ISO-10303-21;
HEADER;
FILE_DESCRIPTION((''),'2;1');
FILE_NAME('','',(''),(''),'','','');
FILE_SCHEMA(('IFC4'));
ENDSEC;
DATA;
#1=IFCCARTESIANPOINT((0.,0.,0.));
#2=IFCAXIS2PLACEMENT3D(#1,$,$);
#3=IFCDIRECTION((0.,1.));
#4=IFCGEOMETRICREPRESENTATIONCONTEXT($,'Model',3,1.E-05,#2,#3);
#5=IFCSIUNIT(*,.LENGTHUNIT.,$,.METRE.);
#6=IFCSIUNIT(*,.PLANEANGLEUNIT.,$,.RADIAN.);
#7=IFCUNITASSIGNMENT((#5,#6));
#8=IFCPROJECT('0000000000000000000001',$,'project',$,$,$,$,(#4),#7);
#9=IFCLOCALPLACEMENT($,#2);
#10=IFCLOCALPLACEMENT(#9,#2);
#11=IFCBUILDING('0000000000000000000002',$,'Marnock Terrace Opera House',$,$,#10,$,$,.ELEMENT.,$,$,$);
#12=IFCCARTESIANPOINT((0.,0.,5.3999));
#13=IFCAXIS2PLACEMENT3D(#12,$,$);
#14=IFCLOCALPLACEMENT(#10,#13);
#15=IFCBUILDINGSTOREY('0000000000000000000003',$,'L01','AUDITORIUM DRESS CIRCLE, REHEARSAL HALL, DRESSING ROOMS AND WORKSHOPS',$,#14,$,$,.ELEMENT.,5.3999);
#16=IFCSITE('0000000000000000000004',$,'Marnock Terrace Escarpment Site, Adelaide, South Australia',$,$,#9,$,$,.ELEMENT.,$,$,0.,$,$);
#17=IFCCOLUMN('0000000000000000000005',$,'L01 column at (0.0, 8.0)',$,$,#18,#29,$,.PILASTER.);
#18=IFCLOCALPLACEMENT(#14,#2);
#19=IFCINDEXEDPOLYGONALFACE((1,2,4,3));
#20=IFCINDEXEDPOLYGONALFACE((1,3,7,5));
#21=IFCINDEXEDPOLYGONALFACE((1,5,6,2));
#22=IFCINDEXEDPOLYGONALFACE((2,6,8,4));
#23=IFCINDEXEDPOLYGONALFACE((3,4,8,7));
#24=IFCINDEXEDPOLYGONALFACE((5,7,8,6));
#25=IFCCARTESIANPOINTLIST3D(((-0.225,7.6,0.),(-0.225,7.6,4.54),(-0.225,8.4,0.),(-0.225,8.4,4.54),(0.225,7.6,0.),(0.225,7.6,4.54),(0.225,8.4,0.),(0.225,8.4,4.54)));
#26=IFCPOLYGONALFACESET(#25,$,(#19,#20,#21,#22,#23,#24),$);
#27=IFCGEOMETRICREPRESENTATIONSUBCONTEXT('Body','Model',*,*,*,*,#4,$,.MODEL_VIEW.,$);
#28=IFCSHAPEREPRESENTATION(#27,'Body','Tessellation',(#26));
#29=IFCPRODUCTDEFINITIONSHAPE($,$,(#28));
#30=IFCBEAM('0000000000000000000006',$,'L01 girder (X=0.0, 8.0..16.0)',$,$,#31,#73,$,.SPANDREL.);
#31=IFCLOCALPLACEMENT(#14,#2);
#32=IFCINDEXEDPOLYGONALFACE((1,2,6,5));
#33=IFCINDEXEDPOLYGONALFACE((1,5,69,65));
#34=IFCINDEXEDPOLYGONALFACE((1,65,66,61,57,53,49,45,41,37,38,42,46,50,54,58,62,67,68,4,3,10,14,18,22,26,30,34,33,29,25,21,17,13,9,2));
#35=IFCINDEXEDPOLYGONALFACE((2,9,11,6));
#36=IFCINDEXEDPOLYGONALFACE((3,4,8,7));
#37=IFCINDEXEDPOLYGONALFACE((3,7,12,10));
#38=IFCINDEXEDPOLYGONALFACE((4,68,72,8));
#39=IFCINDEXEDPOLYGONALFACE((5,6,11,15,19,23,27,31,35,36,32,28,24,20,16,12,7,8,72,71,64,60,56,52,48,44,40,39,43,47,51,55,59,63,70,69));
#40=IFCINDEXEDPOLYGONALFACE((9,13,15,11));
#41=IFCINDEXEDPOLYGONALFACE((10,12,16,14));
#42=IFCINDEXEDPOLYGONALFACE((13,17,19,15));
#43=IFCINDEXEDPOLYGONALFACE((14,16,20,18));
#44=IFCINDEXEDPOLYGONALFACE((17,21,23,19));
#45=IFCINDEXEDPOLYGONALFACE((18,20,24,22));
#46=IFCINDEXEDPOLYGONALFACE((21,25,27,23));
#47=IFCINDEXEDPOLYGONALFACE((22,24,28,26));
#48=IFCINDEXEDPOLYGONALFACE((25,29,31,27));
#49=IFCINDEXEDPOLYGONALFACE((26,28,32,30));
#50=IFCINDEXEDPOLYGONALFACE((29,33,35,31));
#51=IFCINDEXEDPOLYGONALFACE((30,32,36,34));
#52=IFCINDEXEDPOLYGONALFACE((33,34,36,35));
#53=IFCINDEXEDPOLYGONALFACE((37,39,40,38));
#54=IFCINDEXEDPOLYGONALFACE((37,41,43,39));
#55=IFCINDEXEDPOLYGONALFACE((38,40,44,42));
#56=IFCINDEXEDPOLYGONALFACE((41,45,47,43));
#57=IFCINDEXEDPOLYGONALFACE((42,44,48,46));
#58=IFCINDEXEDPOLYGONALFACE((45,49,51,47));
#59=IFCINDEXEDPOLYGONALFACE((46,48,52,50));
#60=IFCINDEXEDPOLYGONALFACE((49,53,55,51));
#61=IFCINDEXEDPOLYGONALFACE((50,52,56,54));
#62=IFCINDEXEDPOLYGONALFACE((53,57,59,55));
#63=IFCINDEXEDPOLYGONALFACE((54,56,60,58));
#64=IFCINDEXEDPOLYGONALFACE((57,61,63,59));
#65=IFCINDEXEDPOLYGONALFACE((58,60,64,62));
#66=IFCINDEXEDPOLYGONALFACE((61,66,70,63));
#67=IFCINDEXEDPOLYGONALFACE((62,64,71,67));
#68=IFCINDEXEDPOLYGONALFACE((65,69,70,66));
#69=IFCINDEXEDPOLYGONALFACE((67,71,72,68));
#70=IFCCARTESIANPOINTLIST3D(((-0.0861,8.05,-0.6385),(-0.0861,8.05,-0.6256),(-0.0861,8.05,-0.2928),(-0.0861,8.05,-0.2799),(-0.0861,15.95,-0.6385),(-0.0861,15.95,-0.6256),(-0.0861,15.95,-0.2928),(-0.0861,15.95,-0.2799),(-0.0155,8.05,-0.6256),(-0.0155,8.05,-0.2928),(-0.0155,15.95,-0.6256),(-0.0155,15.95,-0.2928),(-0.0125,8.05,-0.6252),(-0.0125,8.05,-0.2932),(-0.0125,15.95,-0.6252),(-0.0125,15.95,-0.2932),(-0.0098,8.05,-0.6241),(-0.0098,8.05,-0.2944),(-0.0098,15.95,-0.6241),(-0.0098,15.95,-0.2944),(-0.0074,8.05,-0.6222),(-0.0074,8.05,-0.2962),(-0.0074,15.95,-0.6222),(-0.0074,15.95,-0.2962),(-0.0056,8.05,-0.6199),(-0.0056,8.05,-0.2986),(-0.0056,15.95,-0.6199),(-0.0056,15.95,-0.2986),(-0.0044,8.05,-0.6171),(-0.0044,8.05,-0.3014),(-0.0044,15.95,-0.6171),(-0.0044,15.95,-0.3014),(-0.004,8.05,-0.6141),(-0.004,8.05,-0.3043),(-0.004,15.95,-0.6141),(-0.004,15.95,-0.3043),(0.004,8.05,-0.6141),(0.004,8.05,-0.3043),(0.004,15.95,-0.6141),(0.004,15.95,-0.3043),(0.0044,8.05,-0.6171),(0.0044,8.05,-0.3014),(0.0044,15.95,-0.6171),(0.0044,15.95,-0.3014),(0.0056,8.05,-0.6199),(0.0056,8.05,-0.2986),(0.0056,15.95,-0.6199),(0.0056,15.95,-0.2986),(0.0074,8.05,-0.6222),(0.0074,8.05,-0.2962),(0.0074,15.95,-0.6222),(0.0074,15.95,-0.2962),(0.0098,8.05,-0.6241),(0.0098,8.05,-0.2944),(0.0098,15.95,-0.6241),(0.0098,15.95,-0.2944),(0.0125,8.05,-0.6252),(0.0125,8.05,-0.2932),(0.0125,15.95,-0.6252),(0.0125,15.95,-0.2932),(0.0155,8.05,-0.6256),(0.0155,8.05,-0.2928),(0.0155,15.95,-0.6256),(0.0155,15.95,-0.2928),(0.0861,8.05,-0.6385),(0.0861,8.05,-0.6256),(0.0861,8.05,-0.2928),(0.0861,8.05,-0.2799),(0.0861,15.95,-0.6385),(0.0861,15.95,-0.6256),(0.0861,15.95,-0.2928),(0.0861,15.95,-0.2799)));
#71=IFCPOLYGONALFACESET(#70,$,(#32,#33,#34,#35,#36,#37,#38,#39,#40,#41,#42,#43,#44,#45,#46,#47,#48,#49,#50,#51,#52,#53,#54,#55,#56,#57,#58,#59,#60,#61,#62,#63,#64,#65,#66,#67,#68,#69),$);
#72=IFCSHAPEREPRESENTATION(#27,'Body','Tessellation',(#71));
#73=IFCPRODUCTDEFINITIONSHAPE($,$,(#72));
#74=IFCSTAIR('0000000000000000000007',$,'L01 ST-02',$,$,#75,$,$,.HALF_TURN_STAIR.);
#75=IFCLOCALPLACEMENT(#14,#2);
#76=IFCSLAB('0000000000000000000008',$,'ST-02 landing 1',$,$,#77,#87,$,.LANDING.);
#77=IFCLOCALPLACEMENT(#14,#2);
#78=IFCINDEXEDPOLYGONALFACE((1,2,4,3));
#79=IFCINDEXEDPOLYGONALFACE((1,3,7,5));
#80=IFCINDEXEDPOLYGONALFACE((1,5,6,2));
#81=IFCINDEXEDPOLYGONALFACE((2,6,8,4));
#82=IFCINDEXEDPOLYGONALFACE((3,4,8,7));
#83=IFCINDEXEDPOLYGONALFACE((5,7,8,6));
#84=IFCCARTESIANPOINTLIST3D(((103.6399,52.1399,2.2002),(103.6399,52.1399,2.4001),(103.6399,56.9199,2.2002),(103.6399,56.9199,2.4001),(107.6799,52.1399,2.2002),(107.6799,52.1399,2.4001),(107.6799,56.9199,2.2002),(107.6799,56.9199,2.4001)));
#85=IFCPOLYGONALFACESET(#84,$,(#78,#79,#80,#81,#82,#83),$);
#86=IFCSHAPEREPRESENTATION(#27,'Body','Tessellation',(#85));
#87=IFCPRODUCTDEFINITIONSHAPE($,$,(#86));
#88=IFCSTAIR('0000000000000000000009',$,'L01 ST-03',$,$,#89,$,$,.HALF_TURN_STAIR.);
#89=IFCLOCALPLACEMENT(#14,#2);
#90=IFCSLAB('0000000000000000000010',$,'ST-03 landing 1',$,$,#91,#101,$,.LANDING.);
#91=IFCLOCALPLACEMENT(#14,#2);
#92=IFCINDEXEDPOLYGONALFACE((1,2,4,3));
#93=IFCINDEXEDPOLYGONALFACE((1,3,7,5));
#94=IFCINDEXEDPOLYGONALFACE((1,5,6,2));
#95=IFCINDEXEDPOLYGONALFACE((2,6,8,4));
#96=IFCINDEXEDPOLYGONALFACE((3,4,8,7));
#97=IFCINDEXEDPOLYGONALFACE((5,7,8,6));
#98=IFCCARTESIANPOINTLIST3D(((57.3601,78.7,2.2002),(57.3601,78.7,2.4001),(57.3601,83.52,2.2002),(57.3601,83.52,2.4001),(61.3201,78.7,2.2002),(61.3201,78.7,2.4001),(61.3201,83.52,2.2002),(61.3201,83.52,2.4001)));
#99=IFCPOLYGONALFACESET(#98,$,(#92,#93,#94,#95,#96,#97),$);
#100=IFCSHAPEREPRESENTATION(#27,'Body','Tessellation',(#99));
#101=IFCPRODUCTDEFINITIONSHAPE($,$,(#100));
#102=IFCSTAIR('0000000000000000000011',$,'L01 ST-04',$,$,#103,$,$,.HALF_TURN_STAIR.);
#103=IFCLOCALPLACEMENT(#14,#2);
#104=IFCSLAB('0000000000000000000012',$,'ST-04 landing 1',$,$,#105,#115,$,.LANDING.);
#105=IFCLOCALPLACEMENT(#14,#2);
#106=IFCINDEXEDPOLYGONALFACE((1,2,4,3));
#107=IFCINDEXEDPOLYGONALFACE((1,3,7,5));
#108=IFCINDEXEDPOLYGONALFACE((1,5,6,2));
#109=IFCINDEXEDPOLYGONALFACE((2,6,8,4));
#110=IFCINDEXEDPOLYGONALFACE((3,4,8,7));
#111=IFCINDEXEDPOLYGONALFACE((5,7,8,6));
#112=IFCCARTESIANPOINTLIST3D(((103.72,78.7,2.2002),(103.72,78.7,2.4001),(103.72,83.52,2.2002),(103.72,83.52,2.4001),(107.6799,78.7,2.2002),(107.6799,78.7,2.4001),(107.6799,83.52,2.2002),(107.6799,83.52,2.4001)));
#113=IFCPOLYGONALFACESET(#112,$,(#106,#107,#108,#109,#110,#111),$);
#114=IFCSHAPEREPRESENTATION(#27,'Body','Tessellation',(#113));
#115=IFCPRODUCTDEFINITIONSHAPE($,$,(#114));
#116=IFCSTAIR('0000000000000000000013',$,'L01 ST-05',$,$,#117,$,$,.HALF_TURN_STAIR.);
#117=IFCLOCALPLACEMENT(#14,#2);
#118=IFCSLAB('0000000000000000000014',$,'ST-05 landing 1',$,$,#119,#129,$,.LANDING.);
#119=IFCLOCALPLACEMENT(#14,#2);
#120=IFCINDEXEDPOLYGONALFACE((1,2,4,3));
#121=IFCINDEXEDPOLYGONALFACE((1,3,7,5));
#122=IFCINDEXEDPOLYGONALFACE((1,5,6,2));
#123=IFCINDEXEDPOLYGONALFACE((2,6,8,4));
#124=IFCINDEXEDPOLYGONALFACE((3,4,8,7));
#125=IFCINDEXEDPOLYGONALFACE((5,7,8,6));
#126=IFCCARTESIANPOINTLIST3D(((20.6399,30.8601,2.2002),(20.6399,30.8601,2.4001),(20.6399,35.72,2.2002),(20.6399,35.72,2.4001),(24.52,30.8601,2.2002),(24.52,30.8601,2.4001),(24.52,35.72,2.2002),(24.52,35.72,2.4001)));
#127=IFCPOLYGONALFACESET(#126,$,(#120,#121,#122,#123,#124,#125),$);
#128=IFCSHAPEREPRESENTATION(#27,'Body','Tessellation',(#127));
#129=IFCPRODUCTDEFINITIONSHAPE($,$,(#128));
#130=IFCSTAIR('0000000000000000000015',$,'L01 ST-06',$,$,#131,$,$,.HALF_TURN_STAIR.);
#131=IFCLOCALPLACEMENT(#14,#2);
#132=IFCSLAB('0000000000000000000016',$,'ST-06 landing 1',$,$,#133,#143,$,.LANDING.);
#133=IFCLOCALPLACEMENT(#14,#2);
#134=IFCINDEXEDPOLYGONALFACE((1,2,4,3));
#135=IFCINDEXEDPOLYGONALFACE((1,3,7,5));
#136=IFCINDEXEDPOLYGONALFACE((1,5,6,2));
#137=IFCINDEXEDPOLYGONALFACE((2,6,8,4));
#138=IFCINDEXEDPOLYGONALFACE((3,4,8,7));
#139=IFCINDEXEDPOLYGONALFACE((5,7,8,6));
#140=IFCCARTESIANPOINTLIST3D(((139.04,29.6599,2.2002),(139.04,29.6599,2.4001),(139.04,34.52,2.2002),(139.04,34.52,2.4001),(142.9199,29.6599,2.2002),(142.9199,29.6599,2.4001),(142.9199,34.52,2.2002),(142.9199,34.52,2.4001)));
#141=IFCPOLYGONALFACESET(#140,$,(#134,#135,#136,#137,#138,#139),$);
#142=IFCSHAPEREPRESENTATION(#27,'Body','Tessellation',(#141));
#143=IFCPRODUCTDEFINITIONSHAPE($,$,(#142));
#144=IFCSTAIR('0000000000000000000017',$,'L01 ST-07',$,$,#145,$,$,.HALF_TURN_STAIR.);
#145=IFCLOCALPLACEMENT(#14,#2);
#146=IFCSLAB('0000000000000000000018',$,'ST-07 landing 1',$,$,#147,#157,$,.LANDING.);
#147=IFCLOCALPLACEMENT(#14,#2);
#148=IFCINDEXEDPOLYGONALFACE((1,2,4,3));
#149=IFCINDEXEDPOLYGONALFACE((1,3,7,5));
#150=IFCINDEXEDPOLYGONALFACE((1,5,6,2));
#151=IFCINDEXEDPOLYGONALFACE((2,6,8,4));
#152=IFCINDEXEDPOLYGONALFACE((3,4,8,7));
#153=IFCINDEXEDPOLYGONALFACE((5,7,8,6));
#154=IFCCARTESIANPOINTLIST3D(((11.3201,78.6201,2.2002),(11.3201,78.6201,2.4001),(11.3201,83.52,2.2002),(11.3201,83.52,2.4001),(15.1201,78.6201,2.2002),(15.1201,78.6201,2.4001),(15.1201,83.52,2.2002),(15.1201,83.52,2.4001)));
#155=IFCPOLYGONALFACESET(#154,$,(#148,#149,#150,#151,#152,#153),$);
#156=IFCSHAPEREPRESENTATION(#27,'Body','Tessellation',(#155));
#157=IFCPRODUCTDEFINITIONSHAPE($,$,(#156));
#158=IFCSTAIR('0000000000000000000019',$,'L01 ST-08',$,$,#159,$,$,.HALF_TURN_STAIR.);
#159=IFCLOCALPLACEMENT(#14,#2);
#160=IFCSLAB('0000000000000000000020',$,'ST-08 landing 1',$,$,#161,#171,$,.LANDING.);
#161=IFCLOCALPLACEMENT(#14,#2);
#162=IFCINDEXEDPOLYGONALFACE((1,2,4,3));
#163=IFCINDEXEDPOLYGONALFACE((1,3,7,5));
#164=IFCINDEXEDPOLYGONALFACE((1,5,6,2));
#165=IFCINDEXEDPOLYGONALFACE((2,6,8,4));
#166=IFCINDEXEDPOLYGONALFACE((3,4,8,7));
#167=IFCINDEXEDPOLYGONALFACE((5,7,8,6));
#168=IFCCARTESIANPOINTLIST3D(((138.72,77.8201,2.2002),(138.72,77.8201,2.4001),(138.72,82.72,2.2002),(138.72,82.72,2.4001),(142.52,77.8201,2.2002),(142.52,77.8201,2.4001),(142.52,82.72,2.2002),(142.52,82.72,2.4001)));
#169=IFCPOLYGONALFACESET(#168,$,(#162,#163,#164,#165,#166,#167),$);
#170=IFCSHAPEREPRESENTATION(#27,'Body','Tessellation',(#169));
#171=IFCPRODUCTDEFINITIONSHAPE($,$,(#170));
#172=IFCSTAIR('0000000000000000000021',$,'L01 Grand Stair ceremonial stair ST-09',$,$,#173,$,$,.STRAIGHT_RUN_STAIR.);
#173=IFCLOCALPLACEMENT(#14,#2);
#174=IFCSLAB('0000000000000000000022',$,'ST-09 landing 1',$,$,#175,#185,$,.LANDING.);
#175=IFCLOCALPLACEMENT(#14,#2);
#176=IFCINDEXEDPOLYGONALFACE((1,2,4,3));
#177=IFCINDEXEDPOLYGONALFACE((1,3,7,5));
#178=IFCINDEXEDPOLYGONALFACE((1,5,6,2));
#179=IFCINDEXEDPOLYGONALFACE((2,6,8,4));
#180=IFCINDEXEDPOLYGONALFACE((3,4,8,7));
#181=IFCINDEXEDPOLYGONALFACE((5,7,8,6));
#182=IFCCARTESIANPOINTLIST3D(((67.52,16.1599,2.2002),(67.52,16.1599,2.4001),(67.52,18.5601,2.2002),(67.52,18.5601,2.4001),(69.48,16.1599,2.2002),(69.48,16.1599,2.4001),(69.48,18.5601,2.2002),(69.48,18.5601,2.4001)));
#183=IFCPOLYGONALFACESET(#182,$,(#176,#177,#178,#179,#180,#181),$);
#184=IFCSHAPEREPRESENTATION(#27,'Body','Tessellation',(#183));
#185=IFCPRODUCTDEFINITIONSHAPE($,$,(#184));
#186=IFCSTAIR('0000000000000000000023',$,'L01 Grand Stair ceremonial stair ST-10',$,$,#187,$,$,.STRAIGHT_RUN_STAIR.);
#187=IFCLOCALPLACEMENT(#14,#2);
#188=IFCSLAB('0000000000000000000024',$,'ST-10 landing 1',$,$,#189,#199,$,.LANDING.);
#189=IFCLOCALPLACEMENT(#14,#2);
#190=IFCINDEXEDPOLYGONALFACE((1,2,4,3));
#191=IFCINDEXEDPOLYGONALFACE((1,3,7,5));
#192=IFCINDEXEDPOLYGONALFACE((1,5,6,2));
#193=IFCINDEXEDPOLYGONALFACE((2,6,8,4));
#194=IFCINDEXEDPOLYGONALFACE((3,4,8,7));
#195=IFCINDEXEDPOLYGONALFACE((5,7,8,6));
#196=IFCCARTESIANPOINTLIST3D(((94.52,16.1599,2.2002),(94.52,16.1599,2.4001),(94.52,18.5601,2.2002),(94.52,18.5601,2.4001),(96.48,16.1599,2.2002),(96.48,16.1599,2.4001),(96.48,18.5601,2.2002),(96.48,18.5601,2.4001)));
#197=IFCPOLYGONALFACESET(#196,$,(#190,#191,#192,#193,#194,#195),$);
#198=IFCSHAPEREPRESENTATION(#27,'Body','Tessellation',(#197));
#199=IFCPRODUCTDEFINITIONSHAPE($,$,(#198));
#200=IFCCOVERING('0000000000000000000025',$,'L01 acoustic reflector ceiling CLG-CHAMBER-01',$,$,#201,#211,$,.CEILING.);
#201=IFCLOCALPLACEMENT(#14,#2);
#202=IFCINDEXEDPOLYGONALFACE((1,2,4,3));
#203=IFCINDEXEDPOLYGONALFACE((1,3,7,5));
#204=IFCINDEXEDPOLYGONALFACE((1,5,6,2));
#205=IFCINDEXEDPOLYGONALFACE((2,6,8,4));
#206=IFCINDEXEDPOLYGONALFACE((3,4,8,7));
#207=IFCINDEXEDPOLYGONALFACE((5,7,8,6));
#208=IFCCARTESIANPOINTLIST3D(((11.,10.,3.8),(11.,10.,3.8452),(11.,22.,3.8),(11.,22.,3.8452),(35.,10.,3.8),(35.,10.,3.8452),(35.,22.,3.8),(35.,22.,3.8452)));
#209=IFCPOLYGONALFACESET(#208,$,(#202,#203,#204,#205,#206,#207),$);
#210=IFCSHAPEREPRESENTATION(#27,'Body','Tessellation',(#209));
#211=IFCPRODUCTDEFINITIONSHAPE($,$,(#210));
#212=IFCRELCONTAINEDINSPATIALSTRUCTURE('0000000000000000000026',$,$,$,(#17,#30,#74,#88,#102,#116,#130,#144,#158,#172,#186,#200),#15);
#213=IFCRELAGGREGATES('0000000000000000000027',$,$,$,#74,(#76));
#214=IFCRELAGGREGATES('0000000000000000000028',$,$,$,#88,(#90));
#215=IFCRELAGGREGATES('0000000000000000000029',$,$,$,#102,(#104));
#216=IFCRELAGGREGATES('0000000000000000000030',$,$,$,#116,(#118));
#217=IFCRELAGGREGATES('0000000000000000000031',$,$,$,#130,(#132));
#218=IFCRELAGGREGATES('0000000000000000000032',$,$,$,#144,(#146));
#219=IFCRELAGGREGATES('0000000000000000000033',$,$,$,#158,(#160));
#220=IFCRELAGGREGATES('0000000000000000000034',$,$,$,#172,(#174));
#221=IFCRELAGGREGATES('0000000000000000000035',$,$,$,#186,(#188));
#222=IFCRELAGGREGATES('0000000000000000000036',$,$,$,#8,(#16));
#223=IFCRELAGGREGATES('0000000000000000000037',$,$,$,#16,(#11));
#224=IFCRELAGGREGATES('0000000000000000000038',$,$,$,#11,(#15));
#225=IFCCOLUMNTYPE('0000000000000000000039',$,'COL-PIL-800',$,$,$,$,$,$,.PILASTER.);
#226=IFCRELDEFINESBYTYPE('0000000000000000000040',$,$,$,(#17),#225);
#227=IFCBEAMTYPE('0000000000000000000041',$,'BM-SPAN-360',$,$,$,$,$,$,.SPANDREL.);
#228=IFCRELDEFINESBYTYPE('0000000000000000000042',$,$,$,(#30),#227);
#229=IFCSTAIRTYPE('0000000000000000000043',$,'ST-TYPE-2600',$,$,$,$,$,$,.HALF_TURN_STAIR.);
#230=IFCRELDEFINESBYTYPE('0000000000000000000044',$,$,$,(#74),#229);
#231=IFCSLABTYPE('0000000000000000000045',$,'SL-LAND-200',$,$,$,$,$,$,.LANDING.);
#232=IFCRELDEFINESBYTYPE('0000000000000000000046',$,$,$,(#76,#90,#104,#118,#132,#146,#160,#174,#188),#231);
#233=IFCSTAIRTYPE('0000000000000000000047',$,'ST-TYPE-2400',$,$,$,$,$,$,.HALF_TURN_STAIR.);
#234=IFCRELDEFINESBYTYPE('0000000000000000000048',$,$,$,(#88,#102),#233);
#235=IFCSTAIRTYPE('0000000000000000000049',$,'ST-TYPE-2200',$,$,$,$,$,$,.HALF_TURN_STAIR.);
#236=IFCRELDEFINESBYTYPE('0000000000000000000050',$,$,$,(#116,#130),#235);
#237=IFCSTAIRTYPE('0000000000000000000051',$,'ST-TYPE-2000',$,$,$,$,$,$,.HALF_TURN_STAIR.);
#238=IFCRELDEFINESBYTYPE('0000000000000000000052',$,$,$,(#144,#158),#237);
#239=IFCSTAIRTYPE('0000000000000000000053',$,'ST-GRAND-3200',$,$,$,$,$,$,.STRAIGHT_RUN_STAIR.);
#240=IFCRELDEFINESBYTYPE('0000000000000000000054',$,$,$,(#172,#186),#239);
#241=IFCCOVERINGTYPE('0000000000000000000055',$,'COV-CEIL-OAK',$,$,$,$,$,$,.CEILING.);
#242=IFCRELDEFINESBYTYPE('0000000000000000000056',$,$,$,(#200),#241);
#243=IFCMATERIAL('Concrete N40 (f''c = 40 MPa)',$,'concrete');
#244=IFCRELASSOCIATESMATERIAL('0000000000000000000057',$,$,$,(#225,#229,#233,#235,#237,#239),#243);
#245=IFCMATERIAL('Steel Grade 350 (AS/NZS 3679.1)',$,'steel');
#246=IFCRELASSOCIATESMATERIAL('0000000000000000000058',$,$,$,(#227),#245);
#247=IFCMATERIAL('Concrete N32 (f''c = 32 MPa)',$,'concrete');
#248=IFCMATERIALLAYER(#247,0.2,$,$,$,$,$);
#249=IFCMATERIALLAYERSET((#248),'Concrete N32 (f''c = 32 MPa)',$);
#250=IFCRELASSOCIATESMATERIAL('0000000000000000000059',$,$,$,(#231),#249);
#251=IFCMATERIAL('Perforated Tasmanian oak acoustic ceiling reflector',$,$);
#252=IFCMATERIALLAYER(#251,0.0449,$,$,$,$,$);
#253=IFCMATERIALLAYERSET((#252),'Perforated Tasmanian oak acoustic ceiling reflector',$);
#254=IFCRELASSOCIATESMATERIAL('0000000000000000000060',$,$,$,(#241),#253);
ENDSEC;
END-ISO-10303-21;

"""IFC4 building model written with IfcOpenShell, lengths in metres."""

from ifc_helpers import new_model, si_unit, direction, frame, origin, origin_2d, place, context, subcontext, project, spatial, polyline, rectangle, i_section, outline, extrude, material, layer, layer_set, material_profile, profile_set, type_object, element, aggregate, save


model = new_model("IFC4")

# Units and contexts
model_context = context("Model", 3, precision=1e-05, world=origin(), true_north=direction((0.0, 1.0)))
body_context = subcontext(model_context, "Body", "Model", "MODEL_VIEW")
ifc_project = project(units=[si_unit("LENGTHUNIT", "METRE"), si_unit("PLANEANGLEUNIT", "RADIAN")], contexts=[model_context])

# Site, building, storey
site_placement = place(None, origin())
site = spatial("IfcSite", under=ifc_project, at=site_placement, Name="Marnock Terrace Escarpment Site, Adelaide, South Australia", CompositionType="ELEMENT", RefElevation=0.0)
building_placement = place(site_placement, origin())
building = spatial("IfcBuilding", under=site, at=building_placement, Name="Marnock Terrace Opera House", CompositionType="ELEMENT")
storey_placement = place(building_placement, frame((0.0, 0.0, 5.3999)))
storey = spatial("IfcBuildingStorey", under=building, at=storey_placement, Name="L01", Description="AUDITORIUM DRESS CIRCLE, REHEARSAL HALL, DRESSING ROOMS AND WORKSHOPS", CompositionType="ELEMENT", Elevation=5.3999)

# Column
ifc_material_1 = material(Name="Concrete N40 (f'c = 40 MPa)", Category="concrete")
ifc_material_profile_1 = material_profile(ifc_material_1, rectangle(XDim=0.45, YDim=0.8, at=origin_2d()))
ifc_profile_set_1 = profile_set([ifc_material_profile_1], Name="Concrete N40 (f'c = 40 MPa)")
column_type = type_object("IfcColumnType", Name="COL-PIL-800", PredefinedType="PILASTER", material=ifc_profile_set_1)
column_placement = place(storey_placement, frame((0.0, 8.0, 0.0), z_axis=(0.0, 0.0, 1.0), x_axis=(1.0, 0.0, 0.0)))
element("IfcColumn", 1, at=column_placement, inside=storey, type_object=column_type, Name="L01 column at (0.0, 8.0)", PredefinedType="PILASTER", context=body_context, shape_type="SweptSolid", body=[
    extrude(rectangle(XDim=0.45, YDim=0.8, at=origin_2d()), origin(), (0.0, 0.0, 1.0), 4.54),
])

# Beam
ifc_material_2 = material(Name="Steel Grade 350 (AS/NZS 3679.1)", Category="steel")
ifc_material_profile_2 = material_profile(ifc_material_2, i_section(OverallWidth=0.1721, OverallDepth=0.3586, WebThickness=0.0081, FlangeThickness=0.0129, FilletRadius=0.0115, at=origin_2d()))
ifc_profile_set_2 = profile_set([ifc_material_profile_2], Name="Steel Grade 350 (AS/NZS 3679.1)")
beam_type = type_object("IfcBeamType", Name="BM-SPAN-360", PredefinedType="SPANDREL", material=ifc_profile_set_2)
beam_placement = place(storey_placement, frame((0.0, 8.05, -0.4592), z_axis=(0.0, 1.0, 0.0), x_axis=(-1.0, 0.0, 0.0)))
element("IfcBeam", 2, at=beam_placement, inside=storey, type_object=beam_type, Name="L01 girder (X=0.0, 8.0..16.0)", PredefinedType="SPANDREL", context=body_context, shape_type="SweptSolid", body=[
    extrude(i_section(OverallWidth=0.1721, OverallDepth=0.3586, WebThickness=0.0081, FlangeThickness=0.0129, FilletRadius=0.0115, at=origin_2d()), origin(), (0.0, 0.0, 1.0), 7.8999),
])

# Stairs, slabs
stair_type_1 = type_object("IfcStairType", Name="ST-TYPE-2600", PredefinedType="HALF_TURN_STAIR", material=ifc_material_1)
stair_1_placement = place(storey_placement, origin())
stair_1 = element("IfcStair", 3, at=stair_1_placement, inside=storey, type_object=stair_type_1, Name="L01 ST-02", PredefinedType="HALF_TURN_STAIR")
ifc_material_3 = material(Name="Concrete N32 (f'c = 32 MPa)", Category="concrete")
ifc_layer_1 = layer(ifc_material_3, 0.2)
ifc_layer_set_1 = layer_set([ifc_layer_1], Name="Concrete N32 (f'c = 32 MPa)")
slab_type = type_object("IfcSlabType", Name="SL-LAND-200", PredefinedType="LANDING", material=ifc_layer_set_1)
slab_1_placement = place(storey_placement, frame((0.0, 0.0, 2.2002)))
slab_1 = element("IfcSlab", 4, at=slab_1_placement, type_object=slab_type, Name="ST-02 landing 1", PredefinedType="LANDING", context=body_context, shape_type="SweptSolid", body=[
    extrude(outline(polyline([(107.6799, 52.1399), (107.6799, 56.9199), (103.6399, 56.9199), (103.6399, 52.1399), (107.6799, 52.1399)])), origin(), (0.0, 0.0, 1.0), 0.2),
])
aggregate(stair_1, [slab_1])
stair_type_2 = type_object("IfcStairType", Name="ST-TYPE-2400", PredefinedType="HALF_TURN_STAIR", material=ifc_material_1)
stair_2_placement = place(storey_placement, origin())
stair_2 = element("IfcStair", 5, at=stair_2_placement, inside=storey, type_object=stair_type_2, Name="L01 ST-03", PredefinedType="HALF_TURN_STAIR")
slab_2_placement = place(storey_placement, frame((0.0, 0.0, 2.2002)))
slab_2 = element("IfcSlab", 6, at=slab_2_placement, type_object=slab_type, Name="ST-03 landing 1", PredefinedType="LANDING", context=body_context, shape_type="SweptSolid", body=[
    extrude(outline(polyline([(61.3201, 78.7), (61.3201, 83.52), (57.3601, 83.52), (57.3601, 78.7), (61.3201, 78.7)])), origin(), (0.0, 0.0, 1.0), 0.2),
])
aggregate(stair_2, [slab_2])
stair_3_placement = place(storey_placement, origin())
stair_3 = element("IfcStair", 7, at=stair_3_placement, inside=storey, type_object=stair_type_2, Name="L01 ST-04", PredefinedType="HALF_TURN_STAIR")
slab_3_placement = place(storey_placement, frame((0.0, 0.0, 2.2002)))
slab_3 = element("IfcSlab", 8, at=slab_3_placement, type_object=slab_type, Name="ST-04 landing 1", PredefinedType="LANDING", context=body_context, shape_type="SweptSolid", body=[
    extrude(outline(polyline([(107.6799, 78.7), (107.6799, 83.52), (103.72, 83.52), (103.72, 78.7), (107.6799, 78.7)])), origin(), (0.0, 0.0, 1.0), 0.2),
])
aggregate(stair_3, [slab_3])
stair_type_3 = type_object("IfcStairType", Name="ST-TYPE-2200", PredefinedType="HALF_TURN_STAIR", material=ifc_material_1)
stair_4_placement = place(storey_placement, origin())
stair_4 = element("IfcStair", 9, at=stair_4_placement, inside=storey, type_object=stair_type_3, Name="L01 ST-05", PredefinedType="HALF_TURN_STAIR")
slab_4_placement = place(storey_placement, frame((0.0, 0.0, 2.2002)))
slab_4 = element("IfcSlab", 10, at=slab_4_placement, type_object=slab_type, Name="ST-05 landing 1", PredefinedType="LANDING", context=body_context, shape_type="SweptSolid", body=[
    extrude(outline(polyline([(24.52, 30.8601), (24.52, 35.72), (20.6399, 35.72), (20.6399, 30.8601), (24.52, 30.8601)])), origin(), (0.0, 0.0, 1.0), 0.2),
])
aggregate(stair_4, [slab_4])
stair_5_placement = place(storey_placement, origin())
stair_5 = element("IfcStair", 11, at=stair_5_placement, inside=storey, type_object=stair_type_3, Name="L01 ST-06", PredefinedType="HALF_TURN_STAIR")
slab_5_placement = place(storey_placement, frame((0.0, 0.0, 2.2002)))
slab_5 = element("IfcSlab", 12, at=slab_5_placement, type_object=slab_type, Name="ST-06 landing 1", PredefinedType="LANDING", context=body_context, shape_type="SweptSolid", body=[
    extrude(outline(polyline([(142.9199, 29.6599), (142.9199, 34.52), (139.04, 34.52), (139.04, 29.6599), (142.9199, 29.6599)])), origin(), (0.0, 0.0, 1.0), 0.2),
])
aggregate(stair_5, [slab_5])
stair_type_4 = type_object("IfcStairType", Name="ST-TYPE-2000", PredefinedType="HALF_TURN_STAIR", material=ifc_material_1)
stair_6_placement = place(storey_placement, origin())
stair_6 = element("IfcStair", 13, at=stair_6_placement, inside=storey, type_object=stair_type_4, Name="L01 ST-07", PredefinedType="HALF_TURN_STAIR")
slab_6_placement = place(storey_placement, frame((0.0, 0.0, 2.2002)))
slab_6 = element("IfcSlab", 14, at=slab_6_placement, type_object=slab_type, Name="ST-07 landing 1", PredefinedType="LANDING", context=body_context, shape_type="SweptSolid", body=[
    extrude(outline(polyline([(15.1201, 78.6201), (15.1201, 83.52), (11.3201, 83.52), (11.3201, 78.6201), (15.1201, 78.6201)])), origin(), (0.0, 0.0, 1.0), 0.2),
])
aggregate(stair_6, [slab_6])
stair_7_placement = place(storey_placement, origin())
stair_7 = element("IfcStair", 15, at=stair_7_placement, inside=storey, type_object=stair_type_4, Name="L01 ST-08", PredefinedType="HALF_TURN_STAIR")
slab_7_placement = place(storey_placement, frame((0.0, 0.0, 2.2002)))
slab_7 = element("IfcSlab", 16, at=slab_7_placement, type_object=slab_type, Name="ST-08 landing 1", PredefinedType="LANDING", context=body_context, shape_type="SweptSolid", body=[
    extrude(outline(polyline([(142.52, 77.8201), (142.52, 82.72), (138.72, 82.72), (138.72, 77.8201), (142.52, 77.8201)])), origin(), (0.0, 0.0, 1.0), 0.2),
])
aggregate(stair_7, [slab_7])
stair_type_5 = type_object("IfcStairType", Name="ST-GRAND-3200", PredefinedType="STRAIGHT_RUN_STAIR", material=ifc_material_1)
stair_8_placement = place(storey_placement, origin())
stair_8 = element("IfcStair", 17, at=stair_8_placement, inside=storey, type_object=stair_type_5, Name="L01 Grand Stair ceremonial stair ST-09", PredefinedType="STRAIGHT_RUN_STAIR")
slab_8_placement = place(storey_placement, frame((0.0, 0.0, 2.2002)))
slab_8 = element("IfcSlab", 18, at=slab_8_placement, type_object=slab_type, Name="ST-09 landing 1", PredefinedType="LANDING", context=body_context, shape_type="SweptSolid", body=[
    extrude(outline(polyline([(67.52, 16.1599), (69.48, 16.1599), (69.48, 18.5601), (67.52, 18.5601), (67.52, 16.1599)])), origin(), (0.0, 0.0, 1.0), 0.2),
])
aggregate(stair_8, [slab_8])
stair_9_placement = place(storey_placement, origin())
stair_9 = element("IfcStair", 19, at=stair_9_placement, inside=storey, type_object=stair_type_5, Name="L01 Grand Stair ceremonial stair ST-10", PredefinedType="STRAIGHT_RUN_STAIR")
slab_9_placement = place(storey_placement, frame((0.0, 0.0, 2.2002)))
slab_9 = element("IfcSlab", 20, at=slab_9_placement, type_object=slab_type, Name="ST-10 landing 1", PredefinedType="LANDING", context=body_context, shape_type="SweptSolid", body=[
    extrude(outline(polyline([(94.52, 16.1599), (96.48, 16.1599), (96.48, 18.5601), (94.52, 18.5601), (94.52, 16.1599)])), origin(), (0.0, 0.0, 1.0), 0.2),
])
aggregate(stair_9, [slab_9])

# Covering
ifc_material_4 = material(Name="Perforated Tasmanian oak acoustic ceiling reflector")
ifc_layer_2 = layer(ifc_material_4, 0.0449)
ifc_layer_set_2 = layer_set([ifc_layer_2], Name="Perforated Tasmanian oak acoustic ceiling reflector")
covering_type = type_object("IfcCoveringType", Name="COV-CEIL-OAK", PredefinedType="CEILING", material=ifc_layer_set_2)
covering_1_placement = place(storey_placement, frame((0.0, 0.0, 3.8)))
element("IfcCovering", 21, at=covering_1_placement, inside=storey, type_object=covering_type, Name="L01 acoustic reflector ceiling CLG-CHAMBER-01", PredefinedType="CEILING", context=body_context, shape_type="SweptSolid", body=[
    extrude(outline(polyline([(11.0, 10.0), (35.0, 10.0), (35.0, 22.0), (11.0, 22.0), (11.0, 10.0)])), origin(), (0.0, 0.0, 1.0), 0.0452),
])

save(model, "model.ifc")
